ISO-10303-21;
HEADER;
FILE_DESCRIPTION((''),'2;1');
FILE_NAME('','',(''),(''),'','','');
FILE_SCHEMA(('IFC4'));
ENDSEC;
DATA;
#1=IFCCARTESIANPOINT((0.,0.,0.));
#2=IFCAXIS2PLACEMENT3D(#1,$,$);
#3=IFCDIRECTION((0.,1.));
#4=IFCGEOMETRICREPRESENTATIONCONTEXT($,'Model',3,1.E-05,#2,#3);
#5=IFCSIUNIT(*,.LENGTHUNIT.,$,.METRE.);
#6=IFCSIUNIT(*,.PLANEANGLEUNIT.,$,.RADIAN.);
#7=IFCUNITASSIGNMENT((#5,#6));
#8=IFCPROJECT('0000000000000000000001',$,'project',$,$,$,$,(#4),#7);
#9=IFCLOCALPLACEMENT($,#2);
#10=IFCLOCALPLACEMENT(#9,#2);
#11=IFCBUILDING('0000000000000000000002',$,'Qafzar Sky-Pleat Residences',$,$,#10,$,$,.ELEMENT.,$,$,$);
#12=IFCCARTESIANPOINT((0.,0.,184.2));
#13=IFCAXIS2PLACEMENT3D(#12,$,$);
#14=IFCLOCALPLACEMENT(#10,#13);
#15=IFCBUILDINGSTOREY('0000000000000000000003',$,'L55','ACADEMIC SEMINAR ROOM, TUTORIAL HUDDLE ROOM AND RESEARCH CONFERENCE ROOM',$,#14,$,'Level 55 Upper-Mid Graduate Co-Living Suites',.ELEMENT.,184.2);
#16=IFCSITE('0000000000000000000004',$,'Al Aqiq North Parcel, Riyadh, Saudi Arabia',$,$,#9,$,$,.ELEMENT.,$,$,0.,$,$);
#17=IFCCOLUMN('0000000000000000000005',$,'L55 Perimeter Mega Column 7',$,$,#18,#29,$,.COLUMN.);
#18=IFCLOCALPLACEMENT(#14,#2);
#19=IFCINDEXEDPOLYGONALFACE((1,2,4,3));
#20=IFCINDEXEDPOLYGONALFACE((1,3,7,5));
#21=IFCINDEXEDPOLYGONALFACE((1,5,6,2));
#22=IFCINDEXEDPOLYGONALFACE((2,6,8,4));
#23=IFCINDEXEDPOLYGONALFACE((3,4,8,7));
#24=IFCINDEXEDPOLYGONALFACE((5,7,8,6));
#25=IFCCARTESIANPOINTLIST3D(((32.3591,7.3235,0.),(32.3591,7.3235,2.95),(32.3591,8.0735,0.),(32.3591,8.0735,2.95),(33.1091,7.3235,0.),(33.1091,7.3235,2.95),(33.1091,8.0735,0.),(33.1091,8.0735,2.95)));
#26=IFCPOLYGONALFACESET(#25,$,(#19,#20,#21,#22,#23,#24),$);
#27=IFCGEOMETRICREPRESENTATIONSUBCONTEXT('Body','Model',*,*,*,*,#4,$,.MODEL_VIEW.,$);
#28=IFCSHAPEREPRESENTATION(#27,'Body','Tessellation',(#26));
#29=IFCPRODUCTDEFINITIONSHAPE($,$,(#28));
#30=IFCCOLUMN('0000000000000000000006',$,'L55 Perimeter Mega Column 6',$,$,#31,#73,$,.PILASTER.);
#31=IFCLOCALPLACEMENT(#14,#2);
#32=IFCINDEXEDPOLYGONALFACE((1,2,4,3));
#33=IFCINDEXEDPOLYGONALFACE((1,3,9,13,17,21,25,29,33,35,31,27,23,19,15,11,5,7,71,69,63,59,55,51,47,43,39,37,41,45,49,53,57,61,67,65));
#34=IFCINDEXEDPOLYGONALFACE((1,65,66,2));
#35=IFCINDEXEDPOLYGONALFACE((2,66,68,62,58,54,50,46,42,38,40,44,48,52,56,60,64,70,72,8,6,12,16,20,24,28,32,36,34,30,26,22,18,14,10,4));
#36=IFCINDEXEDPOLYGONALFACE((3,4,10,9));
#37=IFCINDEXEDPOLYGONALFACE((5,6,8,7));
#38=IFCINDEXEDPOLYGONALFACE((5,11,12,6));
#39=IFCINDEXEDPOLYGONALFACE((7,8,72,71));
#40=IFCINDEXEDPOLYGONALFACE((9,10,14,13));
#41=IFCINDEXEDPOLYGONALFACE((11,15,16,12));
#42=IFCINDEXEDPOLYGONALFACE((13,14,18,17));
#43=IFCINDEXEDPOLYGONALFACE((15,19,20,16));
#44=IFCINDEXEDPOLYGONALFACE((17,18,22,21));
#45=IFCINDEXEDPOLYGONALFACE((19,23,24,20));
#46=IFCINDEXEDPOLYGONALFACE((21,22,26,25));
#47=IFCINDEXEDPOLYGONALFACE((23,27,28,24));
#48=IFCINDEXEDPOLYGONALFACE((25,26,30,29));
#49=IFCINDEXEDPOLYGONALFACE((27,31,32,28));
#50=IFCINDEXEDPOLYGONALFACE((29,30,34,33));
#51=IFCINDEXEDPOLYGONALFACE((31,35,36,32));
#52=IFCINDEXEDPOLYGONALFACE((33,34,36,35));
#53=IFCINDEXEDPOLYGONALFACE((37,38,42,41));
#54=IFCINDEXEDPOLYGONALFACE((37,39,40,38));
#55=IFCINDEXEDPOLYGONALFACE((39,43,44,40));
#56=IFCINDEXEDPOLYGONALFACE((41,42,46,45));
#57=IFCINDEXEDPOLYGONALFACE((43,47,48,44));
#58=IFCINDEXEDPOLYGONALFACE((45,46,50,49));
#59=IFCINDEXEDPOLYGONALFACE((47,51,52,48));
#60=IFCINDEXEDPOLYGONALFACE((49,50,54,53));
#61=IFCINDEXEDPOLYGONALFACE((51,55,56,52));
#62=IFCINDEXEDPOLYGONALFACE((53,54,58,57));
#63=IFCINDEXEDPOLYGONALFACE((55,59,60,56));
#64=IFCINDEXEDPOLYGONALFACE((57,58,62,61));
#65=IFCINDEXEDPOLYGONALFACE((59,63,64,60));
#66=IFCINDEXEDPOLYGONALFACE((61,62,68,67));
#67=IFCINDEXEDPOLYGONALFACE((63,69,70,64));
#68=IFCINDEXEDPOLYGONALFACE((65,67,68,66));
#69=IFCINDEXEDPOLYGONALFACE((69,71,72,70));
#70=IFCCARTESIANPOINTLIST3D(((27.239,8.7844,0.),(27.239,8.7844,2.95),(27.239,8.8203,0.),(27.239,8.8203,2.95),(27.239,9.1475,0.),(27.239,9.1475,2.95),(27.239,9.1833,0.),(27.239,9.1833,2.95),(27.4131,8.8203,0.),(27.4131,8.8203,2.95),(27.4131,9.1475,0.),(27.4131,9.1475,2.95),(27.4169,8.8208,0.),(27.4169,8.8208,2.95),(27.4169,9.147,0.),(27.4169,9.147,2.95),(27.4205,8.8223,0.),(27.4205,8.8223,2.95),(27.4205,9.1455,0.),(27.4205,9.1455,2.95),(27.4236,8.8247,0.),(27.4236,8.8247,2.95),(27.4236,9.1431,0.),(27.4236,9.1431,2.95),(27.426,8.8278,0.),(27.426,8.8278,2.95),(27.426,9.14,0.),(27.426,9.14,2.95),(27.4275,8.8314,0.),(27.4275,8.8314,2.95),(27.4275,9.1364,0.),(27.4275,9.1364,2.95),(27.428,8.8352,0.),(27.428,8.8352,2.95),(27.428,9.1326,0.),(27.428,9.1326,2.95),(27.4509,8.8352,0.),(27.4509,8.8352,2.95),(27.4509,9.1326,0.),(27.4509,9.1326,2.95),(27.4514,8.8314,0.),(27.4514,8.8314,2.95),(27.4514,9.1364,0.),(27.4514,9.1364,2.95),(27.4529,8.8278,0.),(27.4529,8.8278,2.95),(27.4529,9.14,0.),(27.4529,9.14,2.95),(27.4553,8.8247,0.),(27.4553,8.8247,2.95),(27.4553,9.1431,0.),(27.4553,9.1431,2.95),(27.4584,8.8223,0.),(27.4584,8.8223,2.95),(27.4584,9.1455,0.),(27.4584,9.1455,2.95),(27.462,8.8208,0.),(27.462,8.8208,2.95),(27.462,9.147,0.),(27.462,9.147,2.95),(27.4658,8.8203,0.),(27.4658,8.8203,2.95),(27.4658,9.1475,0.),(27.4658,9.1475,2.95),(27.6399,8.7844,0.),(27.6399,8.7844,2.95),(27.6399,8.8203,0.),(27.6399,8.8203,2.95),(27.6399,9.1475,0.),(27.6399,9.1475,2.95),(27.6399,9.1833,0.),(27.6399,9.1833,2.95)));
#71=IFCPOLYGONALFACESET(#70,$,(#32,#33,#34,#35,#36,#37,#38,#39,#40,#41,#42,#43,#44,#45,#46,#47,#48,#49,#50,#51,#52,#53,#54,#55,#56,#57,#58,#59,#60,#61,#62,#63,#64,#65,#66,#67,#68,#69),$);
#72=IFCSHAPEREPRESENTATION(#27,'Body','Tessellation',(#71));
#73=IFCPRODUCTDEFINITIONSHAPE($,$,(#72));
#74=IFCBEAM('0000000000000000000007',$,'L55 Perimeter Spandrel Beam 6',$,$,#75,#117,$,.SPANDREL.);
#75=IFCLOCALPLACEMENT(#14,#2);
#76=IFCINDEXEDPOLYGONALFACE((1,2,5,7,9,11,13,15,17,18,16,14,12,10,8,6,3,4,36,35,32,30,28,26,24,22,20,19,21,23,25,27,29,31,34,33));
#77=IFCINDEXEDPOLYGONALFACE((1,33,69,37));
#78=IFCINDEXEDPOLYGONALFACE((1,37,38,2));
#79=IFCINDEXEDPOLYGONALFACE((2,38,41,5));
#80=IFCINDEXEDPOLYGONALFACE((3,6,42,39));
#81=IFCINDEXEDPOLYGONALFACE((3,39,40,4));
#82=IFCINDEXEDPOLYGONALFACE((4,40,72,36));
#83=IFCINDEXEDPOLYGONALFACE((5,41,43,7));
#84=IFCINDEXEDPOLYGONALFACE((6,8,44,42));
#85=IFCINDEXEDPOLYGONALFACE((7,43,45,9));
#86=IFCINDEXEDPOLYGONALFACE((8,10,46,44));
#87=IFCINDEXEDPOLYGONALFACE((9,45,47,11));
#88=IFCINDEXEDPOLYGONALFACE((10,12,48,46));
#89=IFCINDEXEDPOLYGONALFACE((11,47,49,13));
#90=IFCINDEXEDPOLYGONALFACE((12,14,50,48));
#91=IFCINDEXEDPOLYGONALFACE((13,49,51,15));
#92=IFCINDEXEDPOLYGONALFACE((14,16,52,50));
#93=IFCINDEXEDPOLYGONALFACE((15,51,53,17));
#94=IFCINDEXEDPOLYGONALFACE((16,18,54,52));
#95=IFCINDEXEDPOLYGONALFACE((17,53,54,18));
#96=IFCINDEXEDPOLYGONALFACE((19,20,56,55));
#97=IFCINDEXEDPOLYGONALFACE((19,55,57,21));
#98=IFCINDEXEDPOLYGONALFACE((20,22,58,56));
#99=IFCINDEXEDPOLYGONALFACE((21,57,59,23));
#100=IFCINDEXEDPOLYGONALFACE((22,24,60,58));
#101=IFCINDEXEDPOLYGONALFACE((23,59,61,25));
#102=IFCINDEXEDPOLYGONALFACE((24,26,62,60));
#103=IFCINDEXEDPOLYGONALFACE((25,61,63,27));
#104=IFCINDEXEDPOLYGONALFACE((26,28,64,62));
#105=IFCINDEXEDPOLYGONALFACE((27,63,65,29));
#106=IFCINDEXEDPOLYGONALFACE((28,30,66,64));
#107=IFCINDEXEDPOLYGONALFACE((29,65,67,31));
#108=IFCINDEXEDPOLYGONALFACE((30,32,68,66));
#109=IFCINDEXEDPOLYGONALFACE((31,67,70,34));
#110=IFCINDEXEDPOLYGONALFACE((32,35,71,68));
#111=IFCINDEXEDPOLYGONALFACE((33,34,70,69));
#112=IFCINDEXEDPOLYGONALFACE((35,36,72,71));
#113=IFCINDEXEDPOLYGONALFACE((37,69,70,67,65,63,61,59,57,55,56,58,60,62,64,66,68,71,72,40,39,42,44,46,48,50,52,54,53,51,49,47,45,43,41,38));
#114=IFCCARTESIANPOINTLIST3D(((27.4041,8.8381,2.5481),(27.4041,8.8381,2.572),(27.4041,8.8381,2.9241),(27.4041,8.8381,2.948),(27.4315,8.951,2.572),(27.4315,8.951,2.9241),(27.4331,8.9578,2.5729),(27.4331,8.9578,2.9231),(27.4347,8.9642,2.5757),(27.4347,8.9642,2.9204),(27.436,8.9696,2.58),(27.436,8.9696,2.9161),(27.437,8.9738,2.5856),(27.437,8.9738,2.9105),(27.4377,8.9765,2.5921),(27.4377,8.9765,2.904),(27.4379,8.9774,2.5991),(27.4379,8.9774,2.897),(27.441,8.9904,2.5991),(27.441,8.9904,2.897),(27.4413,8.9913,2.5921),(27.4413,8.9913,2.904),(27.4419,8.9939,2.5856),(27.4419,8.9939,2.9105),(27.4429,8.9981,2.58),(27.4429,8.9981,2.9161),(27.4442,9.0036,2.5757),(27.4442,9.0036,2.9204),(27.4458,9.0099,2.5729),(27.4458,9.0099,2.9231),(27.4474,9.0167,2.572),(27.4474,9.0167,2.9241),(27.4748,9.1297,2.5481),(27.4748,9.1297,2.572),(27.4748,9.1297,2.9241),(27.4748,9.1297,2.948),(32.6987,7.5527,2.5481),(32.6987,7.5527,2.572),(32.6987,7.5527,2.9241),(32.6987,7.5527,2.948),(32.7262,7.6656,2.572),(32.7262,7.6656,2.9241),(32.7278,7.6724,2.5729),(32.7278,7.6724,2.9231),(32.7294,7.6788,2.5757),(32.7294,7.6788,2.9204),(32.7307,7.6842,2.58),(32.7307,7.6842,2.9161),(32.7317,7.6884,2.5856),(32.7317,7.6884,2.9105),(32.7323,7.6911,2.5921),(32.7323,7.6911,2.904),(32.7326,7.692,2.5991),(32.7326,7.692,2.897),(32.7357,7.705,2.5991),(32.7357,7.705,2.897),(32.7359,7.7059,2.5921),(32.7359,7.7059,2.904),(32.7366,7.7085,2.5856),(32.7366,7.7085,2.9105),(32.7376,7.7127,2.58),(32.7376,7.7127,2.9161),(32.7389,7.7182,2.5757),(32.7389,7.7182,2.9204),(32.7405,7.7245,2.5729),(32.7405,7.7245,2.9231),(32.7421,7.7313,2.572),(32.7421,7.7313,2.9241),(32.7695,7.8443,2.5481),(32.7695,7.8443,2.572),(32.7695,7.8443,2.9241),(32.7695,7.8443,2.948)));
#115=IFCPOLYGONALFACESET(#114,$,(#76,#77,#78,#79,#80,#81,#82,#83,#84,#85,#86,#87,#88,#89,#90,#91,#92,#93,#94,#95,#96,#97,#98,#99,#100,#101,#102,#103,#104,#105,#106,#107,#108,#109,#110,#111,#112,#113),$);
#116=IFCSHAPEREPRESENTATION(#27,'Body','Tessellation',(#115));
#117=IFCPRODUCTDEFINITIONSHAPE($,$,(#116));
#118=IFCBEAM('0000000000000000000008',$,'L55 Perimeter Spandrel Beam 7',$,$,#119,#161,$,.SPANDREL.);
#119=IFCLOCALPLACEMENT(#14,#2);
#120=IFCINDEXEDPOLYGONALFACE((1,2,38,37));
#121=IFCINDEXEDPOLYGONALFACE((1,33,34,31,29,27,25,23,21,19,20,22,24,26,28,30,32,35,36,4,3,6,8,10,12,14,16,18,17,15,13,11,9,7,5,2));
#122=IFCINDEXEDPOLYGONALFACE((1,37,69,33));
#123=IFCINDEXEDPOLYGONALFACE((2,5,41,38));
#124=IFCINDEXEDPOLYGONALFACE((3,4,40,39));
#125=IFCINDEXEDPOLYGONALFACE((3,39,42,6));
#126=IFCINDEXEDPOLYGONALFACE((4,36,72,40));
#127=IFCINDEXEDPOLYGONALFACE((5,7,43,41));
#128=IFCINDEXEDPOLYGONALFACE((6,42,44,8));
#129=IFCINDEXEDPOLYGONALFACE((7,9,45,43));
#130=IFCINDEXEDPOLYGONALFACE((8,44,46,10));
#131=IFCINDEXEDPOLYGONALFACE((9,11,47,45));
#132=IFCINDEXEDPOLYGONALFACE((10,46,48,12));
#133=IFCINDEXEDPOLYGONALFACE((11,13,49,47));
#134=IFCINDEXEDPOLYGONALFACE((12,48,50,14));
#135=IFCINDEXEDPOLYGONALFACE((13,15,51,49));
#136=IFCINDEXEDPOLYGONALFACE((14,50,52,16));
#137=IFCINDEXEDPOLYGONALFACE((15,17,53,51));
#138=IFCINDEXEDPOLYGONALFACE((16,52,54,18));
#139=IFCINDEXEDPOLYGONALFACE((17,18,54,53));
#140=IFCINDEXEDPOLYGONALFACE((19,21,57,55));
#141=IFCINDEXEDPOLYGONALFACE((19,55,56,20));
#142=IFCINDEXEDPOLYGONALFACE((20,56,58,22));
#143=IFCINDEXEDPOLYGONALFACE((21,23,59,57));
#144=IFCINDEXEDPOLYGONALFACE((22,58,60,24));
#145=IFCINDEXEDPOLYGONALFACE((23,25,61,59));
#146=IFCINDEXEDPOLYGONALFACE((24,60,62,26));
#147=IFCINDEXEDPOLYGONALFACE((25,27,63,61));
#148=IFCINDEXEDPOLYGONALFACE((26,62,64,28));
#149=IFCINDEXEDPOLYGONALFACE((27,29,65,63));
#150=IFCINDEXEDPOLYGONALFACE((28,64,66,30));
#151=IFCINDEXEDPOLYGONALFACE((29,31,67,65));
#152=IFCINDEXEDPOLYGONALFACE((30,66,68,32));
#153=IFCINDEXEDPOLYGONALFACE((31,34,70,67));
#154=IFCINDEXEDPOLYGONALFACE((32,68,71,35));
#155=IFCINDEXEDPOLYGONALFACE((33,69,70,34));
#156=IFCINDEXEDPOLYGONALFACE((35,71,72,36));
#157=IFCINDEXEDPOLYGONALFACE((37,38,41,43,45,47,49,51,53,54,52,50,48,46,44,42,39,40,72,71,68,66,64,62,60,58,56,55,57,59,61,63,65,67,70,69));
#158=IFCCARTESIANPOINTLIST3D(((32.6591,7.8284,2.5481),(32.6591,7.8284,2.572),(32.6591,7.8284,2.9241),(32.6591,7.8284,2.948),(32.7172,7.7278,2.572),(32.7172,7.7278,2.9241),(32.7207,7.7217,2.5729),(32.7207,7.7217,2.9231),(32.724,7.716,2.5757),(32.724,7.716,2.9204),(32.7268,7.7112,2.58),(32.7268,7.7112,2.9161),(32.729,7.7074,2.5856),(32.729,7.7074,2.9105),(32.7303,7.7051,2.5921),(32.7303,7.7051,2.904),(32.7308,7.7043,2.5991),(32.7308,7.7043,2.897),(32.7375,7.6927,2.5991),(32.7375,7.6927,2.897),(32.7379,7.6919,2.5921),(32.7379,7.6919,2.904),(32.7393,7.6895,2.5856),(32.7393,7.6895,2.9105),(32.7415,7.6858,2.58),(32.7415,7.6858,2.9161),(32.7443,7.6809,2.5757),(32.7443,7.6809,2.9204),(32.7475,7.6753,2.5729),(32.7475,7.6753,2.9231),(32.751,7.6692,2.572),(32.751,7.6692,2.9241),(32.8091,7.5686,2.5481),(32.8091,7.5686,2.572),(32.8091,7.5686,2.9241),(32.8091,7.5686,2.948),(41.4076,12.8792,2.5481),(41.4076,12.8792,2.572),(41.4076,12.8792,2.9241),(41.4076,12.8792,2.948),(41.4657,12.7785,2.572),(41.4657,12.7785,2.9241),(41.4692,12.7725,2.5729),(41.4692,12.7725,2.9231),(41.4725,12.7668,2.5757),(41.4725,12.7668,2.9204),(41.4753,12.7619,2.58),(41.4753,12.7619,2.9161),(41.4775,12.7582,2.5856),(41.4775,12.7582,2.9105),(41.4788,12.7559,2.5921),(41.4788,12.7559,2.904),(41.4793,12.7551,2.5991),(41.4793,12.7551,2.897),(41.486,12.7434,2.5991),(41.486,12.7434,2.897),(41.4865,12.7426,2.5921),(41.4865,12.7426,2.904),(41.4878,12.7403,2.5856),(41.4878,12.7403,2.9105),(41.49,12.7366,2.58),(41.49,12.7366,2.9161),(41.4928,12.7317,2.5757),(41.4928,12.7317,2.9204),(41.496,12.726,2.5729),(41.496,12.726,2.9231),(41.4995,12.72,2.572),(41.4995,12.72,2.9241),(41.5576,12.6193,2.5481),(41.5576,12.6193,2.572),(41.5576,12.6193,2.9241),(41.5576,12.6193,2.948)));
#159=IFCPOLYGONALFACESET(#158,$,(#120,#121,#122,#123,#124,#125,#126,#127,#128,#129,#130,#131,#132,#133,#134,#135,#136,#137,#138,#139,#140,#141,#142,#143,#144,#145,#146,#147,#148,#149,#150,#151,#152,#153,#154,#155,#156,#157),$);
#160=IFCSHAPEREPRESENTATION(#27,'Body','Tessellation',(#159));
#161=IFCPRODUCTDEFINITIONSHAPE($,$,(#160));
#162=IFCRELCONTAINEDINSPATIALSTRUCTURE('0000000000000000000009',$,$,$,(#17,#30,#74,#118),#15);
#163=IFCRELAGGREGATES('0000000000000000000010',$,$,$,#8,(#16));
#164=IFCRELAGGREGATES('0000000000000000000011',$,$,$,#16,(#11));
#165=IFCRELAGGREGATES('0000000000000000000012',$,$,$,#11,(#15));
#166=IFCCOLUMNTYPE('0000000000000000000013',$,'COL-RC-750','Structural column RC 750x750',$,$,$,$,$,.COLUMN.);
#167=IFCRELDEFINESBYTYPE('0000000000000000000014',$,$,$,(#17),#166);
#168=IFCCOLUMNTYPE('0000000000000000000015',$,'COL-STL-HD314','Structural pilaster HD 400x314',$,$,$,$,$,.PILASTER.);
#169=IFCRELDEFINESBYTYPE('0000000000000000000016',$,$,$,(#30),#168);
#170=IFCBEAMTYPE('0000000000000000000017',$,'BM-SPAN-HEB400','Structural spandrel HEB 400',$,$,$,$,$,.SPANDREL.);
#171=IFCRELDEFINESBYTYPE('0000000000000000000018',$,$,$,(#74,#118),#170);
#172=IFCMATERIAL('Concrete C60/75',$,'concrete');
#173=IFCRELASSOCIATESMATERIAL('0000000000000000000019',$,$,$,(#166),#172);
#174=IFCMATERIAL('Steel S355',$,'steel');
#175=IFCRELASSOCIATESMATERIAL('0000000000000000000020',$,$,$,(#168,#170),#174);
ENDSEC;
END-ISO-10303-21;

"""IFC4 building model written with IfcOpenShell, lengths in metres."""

from ifc_helpers import new_model, si_unit, direction, frame, origin, origin_2d, place, context, subcontext, project, spatial, rectangle, i_section, extrude, source, transform, mapped, material, material_profile, profile_set, type_object, element, save


model = new_model("IFC4")

# Units and contexts
model_context = context("Model", 3, precision=1e-05, world=origin(), true_north=direction((0.0, 1.0)))
body_context = subcontext(model_context, "Body", "Model", "MODEL_VIEW")
ifc_project = project(units=[si_unit("LENGTHUNIT", "METRE"), si_unit("PLANEANGLEUNIT", "RADIAN")], contexts=[model_context])

# Site, building, storey
site_placement = place(None, origin())
site = spatial("IfcSite", under=ifc_project, at=site_placement, Name="Al Aqiq North Parcel, Riyadh, Saudi Arabia", CompositionType="ELEMENT", RefElevation=0.0)
building_placement = place(site_placement, origin())
building = spatial("IfcBuilding", under=site, at=building_placement, Name="Qafzar Sky-Pleat Residences", CompositionType="ELEMENT")
storey_placement = place(building_placement, frame((0.0, 0.0, 184.2)))
storey = spatial("IfcBuildingStorey", under=building, at=storey_placement, Name="L55", Description="ACADEMIC SEMINAR ROOM, TUTORIAL HUDDLE ROOM AND RESEARCH CONFERENCE ROOM", LongName="Level 55 Upper-Mid Graduate Co-Living Suites", CompositionType="ELEMENT", Elevation=184.2)

# Columns
ifc_material_1 = material(Name="Concrete C60/75", Category="concrete")
ifc_material_profile_1 = material_profile(ifc_material_1, rectangle(XDim=0.75, YDim=0.75, at=origin_2d()), Name="RC 750x750")
ifc_profile_set_1 = profile_set([ifc_material_profile_1], Name="Concrete C60/75")
column_type_1 = type_object("IfcColumnType", Name="COL-RC-750", Description="Structural column RC 750x750", PredefinedType="COLUMN", material=ifc_profile_set_1)
shared_shape_1 = source(origin(), body_context, "Body", "SweptSolid", [
    extrude(rectangle(XDim=0.75, YDim=0.75, at=origin_2d()), origin(), (0.0, 0.0, 1.0), 2.95),
])
column_1_placement = place(storey_placement, frame((32.7341, 7.6985, 0.0), z_axis=(0.0, 0.0, 1.0), x_axis=(1.0, 0.0, 0.0)))
element("IfcColumn", 1, at=column_1_placement, inside=storey, type_object=column_type_1, Name="L55 Perimeter Mega Column 7", PredefinedType="COLUMN", context=body_context, shape_type="MappedRepresentation", body=[
    mapped(shared_shape_1, transform((0.0, 0.0, 0.0), x_axis=(1.0, 0.0, 0.0), y_axis=(0.0, 1.0, 0.0), z_axis=(0.0, 0.0, 1.0), scale=1.0)),
])
ifc_material_2 = material(Name="Steel S355", Category="steel")
ifc_material_profile_2 = material_profile(ifc_material_2, i_section(OverallWidth=0.4009, OverallDepth=0.3989, WebThickness=0.0229, FlangeThickness=0.0359, FilletRadius=0.0149, at=origin_2d()), Name="HD 400x314")
ifc_profile_set_2 = profile_set([ifc_material_profile_2], Name="Steel S355")
column_type_2 = type_object("IfcColumnType", Name="COL-STL-HD314", Description="Structural pilaster HD 400x314", PredefinedType="PILASTER", material=ifc_profile_set_2)
shared_shape_2 = source(origin(), body_context, "Body", "SweptSolid", [
    extrude(i_section(OverallWidth=0.4009, OverallDepth=0.3989, WebThickness=0.0229, FlangeThickness=0.0359, FilletRadius=0.0149, at=origin_2d()), origin(), (0.0, 0.0, 1.0), 2.95),
])
column_2_placement = place(storey_placement, frame((27.4395, 8.9839, 0.0), z_axis=(0.0, 0.0, 1.0), x_axis=(1.0, 0.0, 0.0)))
element("IfcColumn", 2, at=column_2_placement, inside=storey, type_object=column_type_2, Name="L55 Perimeter Mega Column 6", PredefinedType="PILASTER", context=body_context, shape_type="MappedRepresentation", body=[
    mapped(shared_shape_2, transform((0.0, 0.0, 0.0), x_axis=(1.0, 0.0, 0.0), y_axis=(0.0, 1.0, 0.0), z_axis=(0.0, 0.0, 1.0), scale=1.0)),
])

# Beams
ifc_material_profile_3 = material_profile(ifc_material_2, i_section(OverallWidth=0.3, OverallDepth=0.3999, WebThickness=0.0134, FlangeThickness=0.0239, FilletRadius=0.0271, at=origin_2d()), Name="HEB 400")
ifc_profile_set_3 = profile_set([ifc_material_profile_3], Name="Steel S355")
beam_type_1 = type_object("IfcBeamType", Name="BM-SPAN-HEB400", Description="Structural spandrel HEB 400", PredefinedType="SPANDREL", material=ifc_profile_set_3)
shared_shape_3 = source(origin(), body_context, "Body", "SweptSolid", [
    extrude(i_section(OverallWidth=0.3, OverallDepth=0.3999, WebThickness=0.0134, FlangeThickness=0.0239, FilletRadius=0.0271, at=origin_2d()), origin(), (0.0, 0.0, 1.0), 5.4485),
])
beam_1_placement = place(storey_placement, frame((27.4395, 8.9839, 2.748), z_axis=(0.971773, -0.235919, 0.0), x_axis=(0.235919, 0.971773, 0.0)))
element("IfcBeam", 3, at=beam_1_placement, inside=storey, type_object=beam_type_1, Name="L55 Perimeter Spandrel Beam 6", PredefinedType="SPANDREL", context=body_context, shape_type="MappedRepresentation", body=[
    mapped(shared_shape_3, transform((0.0, 0.0, 0.0), x_axis=(1.0, 0.0, 0.0), y_axis=(0.0, 1.0, 0.0), z_axis=(0.0, 0.0, 1.0), scale=1.0)),
])
shared_shape_4 = source(origin(), body_context, "Body", "SweptSolid", [
    extrude(i_section(OverallWidth=0.3, OverallDepth=0.3999, WebThickness=0.0134, FlangeThickness=0.0239, FilletRadius=0.0271, at=origin_2d()), origin(), (0.0, 0.0, 1.0), 10.1018),
])
beam_2_placement = place(storey_placement, frame((32.7341, 7.6985, 2.748), z_axis=(0.866033, 0.499986, 0.0), x_axis=(-0.499986, 0.866033, 0.0)))
element("IfcBeam", 4, at=beam_2_placement, inside=storey, type_object=beam_type_1, Name="L55 Perimeter Spandrel Beam 7", PredefinedType="SPANDREL", context=body_context, shape_type="MappedRepresentation", body=[
    mapped(shared_shape_4, transform((0.0, 0.0, 0.0), x_axis=(1.0, 0.0, 0.0), y_axis=(0.0, 1.0, 0.0), z_axis=(0.0, 0.0, 1.0), scale=1.0)),
])

save(model, "model.ifc")
